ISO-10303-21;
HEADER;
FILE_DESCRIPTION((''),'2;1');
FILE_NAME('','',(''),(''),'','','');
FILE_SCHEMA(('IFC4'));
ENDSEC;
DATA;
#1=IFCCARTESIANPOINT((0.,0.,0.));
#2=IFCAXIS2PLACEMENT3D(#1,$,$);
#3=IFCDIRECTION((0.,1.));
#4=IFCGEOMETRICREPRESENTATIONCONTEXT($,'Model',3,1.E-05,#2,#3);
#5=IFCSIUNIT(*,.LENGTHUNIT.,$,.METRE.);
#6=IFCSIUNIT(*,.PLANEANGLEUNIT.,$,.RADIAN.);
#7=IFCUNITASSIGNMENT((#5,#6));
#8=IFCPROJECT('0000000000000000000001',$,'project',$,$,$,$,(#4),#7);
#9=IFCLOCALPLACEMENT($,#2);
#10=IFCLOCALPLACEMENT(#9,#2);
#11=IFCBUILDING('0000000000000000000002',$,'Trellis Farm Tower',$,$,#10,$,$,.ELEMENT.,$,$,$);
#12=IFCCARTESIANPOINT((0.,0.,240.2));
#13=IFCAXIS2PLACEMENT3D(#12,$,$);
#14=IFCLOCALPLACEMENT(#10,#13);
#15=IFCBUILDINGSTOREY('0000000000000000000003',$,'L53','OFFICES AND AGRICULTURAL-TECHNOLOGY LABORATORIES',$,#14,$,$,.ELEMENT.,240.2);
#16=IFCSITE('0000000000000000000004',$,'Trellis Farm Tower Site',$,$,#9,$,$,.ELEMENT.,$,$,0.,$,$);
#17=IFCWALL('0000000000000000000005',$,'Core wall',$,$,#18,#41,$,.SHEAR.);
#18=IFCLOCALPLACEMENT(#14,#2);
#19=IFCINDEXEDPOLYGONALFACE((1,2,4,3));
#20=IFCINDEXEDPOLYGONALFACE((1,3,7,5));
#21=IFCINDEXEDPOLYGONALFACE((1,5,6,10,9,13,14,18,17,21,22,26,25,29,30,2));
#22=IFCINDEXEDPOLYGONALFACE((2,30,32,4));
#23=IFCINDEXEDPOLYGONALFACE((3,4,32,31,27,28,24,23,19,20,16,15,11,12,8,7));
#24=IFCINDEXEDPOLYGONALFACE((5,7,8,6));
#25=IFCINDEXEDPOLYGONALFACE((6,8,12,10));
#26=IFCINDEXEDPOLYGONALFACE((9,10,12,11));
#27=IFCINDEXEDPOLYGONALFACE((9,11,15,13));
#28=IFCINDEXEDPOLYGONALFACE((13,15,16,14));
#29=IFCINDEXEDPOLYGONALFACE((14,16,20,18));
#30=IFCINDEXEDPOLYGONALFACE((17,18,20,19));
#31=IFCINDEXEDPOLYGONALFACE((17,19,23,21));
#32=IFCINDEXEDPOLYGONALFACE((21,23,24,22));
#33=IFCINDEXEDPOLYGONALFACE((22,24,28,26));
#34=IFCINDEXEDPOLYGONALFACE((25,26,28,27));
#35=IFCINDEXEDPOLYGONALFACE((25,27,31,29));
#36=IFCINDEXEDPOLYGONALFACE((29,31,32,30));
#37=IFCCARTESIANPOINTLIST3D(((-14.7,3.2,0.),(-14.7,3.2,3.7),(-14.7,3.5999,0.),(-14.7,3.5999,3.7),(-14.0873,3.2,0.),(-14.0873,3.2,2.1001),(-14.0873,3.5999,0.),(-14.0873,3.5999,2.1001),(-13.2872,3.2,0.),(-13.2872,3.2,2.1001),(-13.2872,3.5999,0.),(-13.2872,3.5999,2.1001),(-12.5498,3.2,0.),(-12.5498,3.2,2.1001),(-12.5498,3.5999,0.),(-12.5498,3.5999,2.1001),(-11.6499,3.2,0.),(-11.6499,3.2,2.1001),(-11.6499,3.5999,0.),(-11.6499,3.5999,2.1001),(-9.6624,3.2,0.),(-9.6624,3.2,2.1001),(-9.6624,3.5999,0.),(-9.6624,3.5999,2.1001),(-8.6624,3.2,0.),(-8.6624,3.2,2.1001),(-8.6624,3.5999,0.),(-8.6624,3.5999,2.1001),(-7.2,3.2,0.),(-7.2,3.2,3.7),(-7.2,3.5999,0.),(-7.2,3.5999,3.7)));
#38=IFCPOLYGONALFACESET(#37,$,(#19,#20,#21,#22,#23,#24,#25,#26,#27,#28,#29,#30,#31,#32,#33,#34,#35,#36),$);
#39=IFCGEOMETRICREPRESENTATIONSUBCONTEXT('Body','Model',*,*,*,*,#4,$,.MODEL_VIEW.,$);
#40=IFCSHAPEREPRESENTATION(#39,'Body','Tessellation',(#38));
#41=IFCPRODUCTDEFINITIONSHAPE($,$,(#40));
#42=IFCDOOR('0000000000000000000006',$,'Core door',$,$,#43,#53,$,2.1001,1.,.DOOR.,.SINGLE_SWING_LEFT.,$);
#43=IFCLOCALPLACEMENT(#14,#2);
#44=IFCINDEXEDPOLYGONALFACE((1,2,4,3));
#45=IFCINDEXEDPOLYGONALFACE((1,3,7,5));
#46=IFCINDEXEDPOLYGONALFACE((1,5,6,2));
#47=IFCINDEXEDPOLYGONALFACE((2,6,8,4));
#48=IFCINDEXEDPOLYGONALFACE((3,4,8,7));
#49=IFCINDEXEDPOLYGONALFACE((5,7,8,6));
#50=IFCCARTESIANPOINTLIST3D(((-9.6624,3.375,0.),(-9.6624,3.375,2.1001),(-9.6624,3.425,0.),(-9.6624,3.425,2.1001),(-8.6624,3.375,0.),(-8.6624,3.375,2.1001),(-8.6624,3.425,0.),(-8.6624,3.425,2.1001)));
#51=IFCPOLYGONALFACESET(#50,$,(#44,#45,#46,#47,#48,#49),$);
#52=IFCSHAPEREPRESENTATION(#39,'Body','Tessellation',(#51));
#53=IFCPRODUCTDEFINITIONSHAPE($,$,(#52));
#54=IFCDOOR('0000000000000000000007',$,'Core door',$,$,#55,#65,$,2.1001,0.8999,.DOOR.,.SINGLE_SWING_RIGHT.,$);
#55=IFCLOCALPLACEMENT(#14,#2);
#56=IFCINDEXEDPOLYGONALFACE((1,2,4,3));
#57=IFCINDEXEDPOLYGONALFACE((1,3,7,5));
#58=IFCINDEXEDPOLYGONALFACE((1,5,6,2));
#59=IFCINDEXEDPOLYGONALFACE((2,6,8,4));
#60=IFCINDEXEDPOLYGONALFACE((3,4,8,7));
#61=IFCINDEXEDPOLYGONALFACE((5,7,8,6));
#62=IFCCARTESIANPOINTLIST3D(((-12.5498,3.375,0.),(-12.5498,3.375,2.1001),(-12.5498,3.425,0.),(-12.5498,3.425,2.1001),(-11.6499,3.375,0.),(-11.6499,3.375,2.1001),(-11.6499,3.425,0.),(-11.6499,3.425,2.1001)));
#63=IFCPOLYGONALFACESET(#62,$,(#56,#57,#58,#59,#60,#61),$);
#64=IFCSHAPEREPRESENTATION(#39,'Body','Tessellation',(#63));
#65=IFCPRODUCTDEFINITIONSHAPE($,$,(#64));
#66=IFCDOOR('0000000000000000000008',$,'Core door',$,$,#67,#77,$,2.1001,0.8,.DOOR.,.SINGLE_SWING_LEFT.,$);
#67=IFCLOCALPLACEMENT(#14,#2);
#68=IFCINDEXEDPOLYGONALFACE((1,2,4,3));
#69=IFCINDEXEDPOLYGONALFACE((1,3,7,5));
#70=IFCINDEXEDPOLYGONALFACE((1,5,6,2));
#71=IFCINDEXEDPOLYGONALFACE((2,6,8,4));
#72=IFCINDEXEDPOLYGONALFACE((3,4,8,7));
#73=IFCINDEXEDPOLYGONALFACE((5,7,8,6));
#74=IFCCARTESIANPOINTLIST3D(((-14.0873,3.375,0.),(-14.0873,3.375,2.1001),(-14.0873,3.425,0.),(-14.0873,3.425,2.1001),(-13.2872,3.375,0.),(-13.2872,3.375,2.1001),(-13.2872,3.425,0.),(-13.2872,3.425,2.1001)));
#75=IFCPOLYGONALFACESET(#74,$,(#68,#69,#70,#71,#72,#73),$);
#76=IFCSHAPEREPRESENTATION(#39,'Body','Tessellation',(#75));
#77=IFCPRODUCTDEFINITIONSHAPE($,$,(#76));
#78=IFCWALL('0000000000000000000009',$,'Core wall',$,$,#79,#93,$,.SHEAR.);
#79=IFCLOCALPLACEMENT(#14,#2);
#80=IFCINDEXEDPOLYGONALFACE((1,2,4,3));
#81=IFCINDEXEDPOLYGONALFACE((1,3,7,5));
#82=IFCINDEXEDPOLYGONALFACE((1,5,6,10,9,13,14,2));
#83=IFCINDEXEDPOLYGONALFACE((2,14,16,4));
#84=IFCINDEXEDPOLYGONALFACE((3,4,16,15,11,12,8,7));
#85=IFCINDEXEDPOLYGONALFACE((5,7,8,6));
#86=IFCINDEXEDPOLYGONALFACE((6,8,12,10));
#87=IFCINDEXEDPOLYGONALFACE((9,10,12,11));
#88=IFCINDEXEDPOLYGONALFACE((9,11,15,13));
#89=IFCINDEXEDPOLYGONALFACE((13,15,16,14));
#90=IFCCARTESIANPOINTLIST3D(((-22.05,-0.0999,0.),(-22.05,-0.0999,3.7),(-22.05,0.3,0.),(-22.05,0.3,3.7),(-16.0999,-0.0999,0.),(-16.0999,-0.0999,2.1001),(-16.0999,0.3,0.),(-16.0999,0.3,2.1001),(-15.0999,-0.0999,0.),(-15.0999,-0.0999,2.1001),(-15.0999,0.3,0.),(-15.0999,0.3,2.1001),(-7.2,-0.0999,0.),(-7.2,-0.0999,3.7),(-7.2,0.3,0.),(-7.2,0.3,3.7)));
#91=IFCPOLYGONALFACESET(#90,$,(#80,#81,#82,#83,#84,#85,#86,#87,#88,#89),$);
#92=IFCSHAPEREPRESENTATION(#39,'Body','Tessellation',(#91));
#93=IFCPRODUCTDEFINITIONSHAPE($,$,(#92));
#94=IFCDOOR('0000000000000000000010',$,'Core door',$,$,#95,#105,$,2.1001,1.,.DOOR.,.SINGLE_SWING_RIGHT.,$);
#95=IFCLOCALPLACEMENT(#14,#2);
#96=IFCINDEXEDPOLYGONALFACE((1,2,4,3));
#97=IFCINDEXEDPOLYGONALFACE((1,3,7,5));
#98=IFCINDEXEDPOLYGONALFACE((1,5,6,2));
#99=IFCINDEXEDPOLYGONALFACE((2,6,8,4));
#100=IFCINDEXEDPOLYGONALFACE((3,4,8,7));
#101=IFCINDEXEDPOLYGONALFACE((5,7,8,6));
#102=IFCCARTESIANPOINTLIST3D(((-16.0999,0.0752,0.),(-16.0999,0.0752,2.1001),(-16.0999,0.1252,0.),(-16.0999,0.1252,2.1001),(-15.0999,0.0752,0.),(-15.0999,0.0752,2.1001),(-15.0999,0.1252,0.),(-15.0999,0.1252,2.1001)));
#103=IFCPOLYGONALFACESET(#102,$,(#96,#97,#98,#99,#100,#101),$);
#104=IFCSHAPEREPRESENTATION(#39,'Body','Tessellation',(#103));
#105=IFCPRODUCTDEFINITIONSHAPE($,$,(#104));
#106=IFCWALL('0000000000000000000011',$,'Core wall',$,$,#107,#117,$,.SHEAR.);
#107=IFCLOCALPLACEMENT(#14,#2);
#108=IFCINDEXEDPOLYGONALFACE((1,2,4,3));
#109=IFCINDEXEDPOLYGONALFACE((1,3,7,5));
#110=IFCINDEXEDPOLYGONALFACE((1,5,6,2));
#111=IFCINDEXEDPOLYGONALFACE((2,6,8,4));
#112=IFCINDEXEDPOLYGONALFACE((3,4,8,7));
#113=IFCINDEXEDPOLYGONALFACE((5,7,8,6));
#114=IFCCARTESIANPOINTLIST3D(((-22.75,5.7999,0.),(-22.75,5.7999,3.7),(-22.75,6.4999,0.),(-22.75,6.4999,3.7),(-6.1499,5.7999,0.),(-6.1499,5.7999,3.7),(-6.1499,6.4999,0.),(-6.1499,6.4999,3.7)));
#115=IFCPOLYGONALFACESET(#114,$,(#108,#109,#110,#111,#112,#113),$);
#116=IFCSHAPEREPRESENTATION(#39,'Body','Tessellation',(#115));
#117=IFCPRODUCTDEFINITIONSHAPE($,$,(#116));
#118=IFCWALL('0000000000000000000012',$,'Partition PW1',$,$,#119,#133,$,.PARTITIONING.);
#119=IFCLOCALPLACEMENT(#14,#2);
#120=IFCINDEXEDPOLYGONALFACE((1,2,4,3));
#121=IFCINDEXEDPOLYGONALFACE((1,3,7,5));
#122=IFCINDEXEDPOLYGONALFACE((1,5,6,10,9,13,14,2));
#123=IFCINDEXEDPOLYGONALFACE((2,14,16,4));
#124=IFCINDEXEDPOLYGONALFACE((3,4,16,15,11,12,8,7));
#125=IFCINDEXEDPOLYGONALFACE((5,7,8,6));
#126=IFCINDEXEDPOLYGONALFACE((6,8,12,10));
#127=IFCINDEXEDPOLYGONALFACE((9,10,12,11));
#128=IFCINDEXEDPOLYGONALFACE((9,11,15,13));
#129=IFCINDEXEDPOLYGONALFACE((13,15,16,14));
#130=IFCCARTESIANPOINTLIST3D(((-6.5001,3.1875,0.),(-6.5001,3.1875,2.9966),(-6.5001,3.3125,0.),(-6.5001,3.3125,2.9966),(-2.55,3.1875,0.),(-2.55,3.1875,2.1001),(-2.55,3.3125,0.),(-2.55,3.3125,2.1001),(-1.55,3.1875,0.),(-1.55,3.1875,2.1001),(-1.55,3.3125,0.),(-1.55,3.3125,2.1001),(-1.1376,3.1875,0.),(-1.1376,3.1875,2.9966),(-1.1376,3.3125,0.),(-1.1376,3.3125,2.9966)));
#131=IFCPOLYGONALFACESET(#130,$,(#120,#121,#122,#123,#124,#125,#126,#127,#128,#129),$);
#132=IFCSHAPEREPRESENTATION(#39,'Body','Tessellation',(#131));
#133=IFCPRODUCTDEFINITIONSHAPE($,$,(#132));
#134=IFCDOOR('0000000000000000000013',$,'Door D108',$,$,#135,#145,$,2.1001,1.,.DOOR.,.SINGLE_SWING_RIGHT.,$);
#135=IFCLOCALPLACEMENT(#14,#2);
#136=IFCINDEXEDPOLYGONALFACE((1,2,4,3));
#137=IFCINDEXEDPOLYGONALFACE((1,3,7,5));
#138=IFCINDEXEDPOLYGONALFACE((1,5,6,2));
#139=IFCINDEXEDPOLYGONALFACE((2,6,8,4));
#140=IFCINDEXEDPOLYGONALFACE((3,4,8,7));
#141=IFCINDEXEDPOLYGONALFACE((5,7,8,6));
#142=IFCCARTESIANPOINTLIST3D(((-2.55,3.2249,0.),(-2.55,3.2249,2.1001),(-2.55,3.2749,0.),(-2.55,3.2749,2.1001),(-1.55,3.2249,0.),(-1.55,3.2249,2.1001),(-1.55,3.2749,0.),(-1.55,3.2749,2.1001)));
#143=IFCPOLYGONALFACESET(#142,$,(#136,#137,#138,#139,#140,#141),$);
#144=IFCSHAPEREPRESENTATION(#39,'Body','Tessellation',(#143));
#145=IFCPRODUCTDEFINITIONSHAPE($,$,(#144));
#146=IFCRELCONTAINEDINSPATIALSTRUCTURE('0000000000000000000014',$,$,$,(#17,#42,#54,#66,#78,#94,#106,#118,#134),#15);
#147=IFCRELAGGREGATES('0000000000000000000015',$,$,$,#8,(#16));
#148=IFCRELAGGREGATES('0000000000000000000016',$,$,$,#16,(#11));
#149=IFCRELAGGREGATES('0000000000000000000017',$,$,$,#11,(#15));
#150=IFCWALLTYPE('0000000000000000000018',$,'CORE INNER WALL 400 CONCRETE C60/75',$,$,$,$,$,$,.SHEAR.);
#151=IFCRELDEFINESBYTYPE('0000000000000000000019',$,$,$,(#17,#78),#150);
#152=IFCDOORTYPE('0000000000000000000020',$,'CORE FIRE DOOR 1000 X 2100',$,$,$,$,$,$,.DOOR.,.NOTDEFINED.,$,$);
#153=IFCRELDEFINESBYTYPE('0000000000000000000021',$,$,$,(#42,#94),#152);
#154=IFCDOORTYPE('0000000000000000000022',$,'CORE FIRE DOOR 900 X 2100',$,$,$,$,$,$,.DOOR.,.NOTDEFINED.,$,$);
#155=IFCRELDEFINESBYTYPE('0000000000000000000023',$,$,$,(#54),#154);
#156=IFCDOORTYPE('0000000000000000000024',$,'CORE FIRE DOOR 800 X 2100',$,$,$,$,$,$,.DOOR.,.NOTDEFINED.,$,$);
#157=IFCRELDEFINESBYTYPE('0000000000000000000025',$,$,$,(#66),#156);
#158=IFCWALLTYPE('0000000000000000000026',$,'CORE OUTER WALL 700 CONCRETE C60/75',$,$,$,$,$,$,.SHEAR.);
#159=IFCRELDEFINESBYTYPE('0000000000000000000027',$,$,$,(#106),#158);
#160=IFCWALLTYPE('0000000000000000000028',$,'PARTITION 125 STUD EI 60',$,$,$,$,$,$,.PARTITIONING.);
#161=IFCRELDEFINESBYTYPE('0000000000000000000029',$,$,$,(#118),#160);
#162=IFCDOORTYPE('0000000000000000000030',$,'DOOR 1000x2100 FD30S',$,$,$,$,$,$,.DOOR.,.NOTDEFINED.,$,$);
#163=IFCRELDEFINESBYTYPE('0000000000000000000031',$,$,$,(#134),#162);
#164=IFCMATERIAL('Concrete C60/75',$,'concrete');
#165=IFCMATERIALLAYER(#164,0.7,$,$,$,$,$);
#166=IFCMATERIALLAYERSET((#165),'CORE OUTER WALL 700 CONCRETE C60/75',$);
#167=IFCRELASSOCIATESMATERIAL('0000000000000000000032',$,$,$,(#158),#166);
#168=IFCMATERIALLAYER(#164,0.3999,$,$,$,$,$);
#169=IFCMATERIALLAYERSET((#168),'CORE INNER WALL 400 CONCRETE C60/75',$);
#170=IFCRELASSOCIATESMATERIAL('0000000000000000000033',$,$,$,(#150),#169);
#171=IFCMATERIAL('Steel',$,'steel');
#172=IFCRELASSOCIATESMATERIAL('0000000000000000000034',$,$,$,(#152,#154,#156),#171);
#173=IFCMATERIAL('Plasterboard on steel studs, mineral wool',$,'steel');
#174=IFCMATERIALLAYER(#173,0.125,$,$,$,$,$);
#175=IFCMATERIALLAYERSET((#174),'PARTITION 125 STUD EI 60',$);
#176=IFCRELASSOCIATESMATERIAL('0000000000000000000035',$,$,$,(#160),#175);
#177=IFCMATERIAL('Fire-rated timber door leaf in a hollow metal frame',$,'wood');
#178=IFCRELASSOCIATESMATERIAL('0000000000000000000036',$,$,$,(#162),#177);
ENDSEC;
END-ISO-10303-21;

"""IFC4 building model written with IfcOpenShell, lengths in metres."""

from ifc_helpers import new_model, si_unit, direction, frame, frame_2d, origin, place, context, subcontext, project, spatial, rectangle, extrude, source, transform, mapped, material, layer, layer_set, type_object, element, fill, save


model = new_model("IFC4")

# Units and contexts
model_context = context("Model", 3, precision=1e-05, world=origin(), true_north=direction((0.0, 1.0)))
body_context = subcontext(model_context, "Body", "Model", "MODEL_VIEW")
ifc_project = project(units=[si_unit("LENGTHUNIT", "METRE"), si_unit("PLANEANGLEUNIT", "RADIAN")], contexts=[model_context])

# Site, building, storey
site_placement = place(None, origin())
site = spatial("IfcSite", under=ifc_project, at=site_placement, Name="Trellis Farm Tower Site", CompositionType="ELEMENT", RefElevation=0.0)
building_placement = place(site_placement, origin())
building = spatial("IfcBuilding", under=site, at=building_placement, Name="Trellis Farm Tower", CompositionType="ELEMENT")
storey_placement = place(building_placement, frame((0.0, 0.0, 240.2)))
storey = spatial("IfcBuildingStorey", under=building, at=storey_placement, Name="L53", Description="OFFICES AND AGRICULTURAL-TECHNOLOGY LABORATORIES", CompositionType="ELEMENT", Elevation=240.2)

# Shared definitions
ifc_material_1 = material(Name="Concrete C60/75", Category="concrete")

# Shared definitions
ifc_layer_1 = layer(ifc_material_1, 0.7)
ifc_layer_set_1 = layer_set([ifc_layer_1], Name="CORE OUTER WALL 700 CONCRETE C60/75")
wall_type_1 = type_object("IfcWallType", Name="CORE OUTER WALL 700 CONCRETE C60/75", PredefinedType="SHEAR", material=ifc_layer_set_1)
ifc_material_2 = material(Name="Steel", Category="steel")

# Wall, openings, doors
ifc_layer_2 = layer(ifc_material_1, 0.3999)
ifc_layer_set_2 = layer_set([ifc_layer_2], Name="CORE INNER WALL 400 CONCRETE C60/75")
wall_type_2 = type_object("IfcWallType", Name="CORE INNER WALL 400 CONCRETE C60/75", PredefinedType="SHEAR", material=ifc_layer_set_2)
shared_shape_1 = source(origin(), body_context, "Body", "SweptSolid", [
    extrude(rectangle(XDim=7.5, YDim=0.3999, at=frame_2d((3.75, 0.0))), origin(), (0.0, 0.0, 1.0), 3.7),
])
wall_1_placement = place(storey_placement, frame((-7.2, 3.3999, 0.0), z_axis=(0.0, 0.0, 1.0), x_axis=(-1.0, 0.0, 0.0)))
wall_1 = element("IfcWall", 1, at=wall_1_placement, inside=storey, type_object=wall_type_2, Name="Core wall", PredefinedType="SHEAR", context=body_context, shape_type="MappedRepresentation", body=[
    mapped(shared_shape_1, transform((0.0, 0.0, 0.0))),
])
shared_shape_2 = source(origin(), body_context, "Body", "SweptSolid", [
    extrude(rectangle(XDim=1.0, YDim=2.1001, at=frame_2d((0.5, 1.05))), frame((0.0, 0.21, 0.0), z_axis=(0.0, -1.0, 0.0), x_axis=(1.0, 0.0, 0.0)), (0.0, 0.0, 1.0), 0.4199),
])
opening_1_placement = place(wall_1_placement, frame((1.4624, 0.0, 0.0)))
opening_1 = element("IfcOpeningElement", 2, at=opening_1_placement, cuts=wall_1, PredefinedType="OPENING", context=body_context, shape_type="MappedRepresentation", body=[
    mapped(shared_shape_2, transform((0.0, 0.0, 0.0))),
])
shared_shape_3 = source(origin(), body_context, "Body", "SweptSolid", [
    extrude(rectangle(XDim=0.8999, YDim=2.1001, at=frame_2d((0.45, 1.05))), frame((0.0, 0.21, 0.0), z_axis=(0.0, -1.0, 0.0), x_axis=(1.0, 0.0, 0.0)), (0.0, 0.0, 1.0), 0.4199),
])
opening_2_placement = place(wall_1_placement, frame((4.45, 0.0, 0.0)))
opening_2 = element("IfcOpeningElement", 3, at=opening_2_placement, cuts=wall_1, PredefinedType="OPENING", context=body_context, shape_type="MappedRepresentation", body=[
    mapped(shared_shape_3, transform((0.0, 0.0, 0.0))),
])
shared_shape_4 = source(origin(), body_context, "Body", "SweptSolid", [
    extrude(rectangle(XDim=0.8, YDim=2.1001, at=frame_2d((0.3999, 1.05))), frame((0.0, 0.21, 0.0), z_axis=(0.0, -1.0, 0.0), x_axis=(1.0, 0.0, 0.0)), (0.0, 0.0, 1.0), 0.4199),
])
opening_3_placement = place(wall_1_placement, frame((6.0874, 0.0, 0.0)))
opening_3 = element("IfcOpeningElement", 4, at=opening_3_placement, cuts=wall_1, PredefinedType="OPENING", context=body_context, shape_type="MappedRepresentation", body=[
    mapped(shared_shape_4, transform((0.0, 0.0, 0.0))),
])
door_type_1 = type_object("IfcDoorType", Name="CORE FIRE DOOR 1000 X 2100", OperationType="NOTDEFINED", PredefinedType="DOOR", material=ifc_material_2)
shared_shape_5 = source(origin(), body_context, "Body", "SweptSolid", [
    extrude(rectangle(XDim=1.0, YDim=2.1001, at=frame_2d((0.5, 1.05))), frame((0.0, 0.0249, 0.0), z_axis=(0.0, -1.0, 0.0), x_axis=(1.0, 0.0, 0.0)), (0.0, 0.0, 1.0), 0.05),
])
door_1_placement = place(opening_1_placement, origin())
door_1 = element("IfcDoor", 5, at=door_1_placement, inside=storey, type_object=door_type_1, Name="Core door", OperationType="SINGLE_SWING_LEFT", OverallHeight=2.1001, OverallWidth=1.0, PredefinedType="DOOR", context=body_context, shape_type="MappedRepresentation", body=[
    mapped(shared_shape_5, transform((0.0, 0.0, 0.0))),
])
fill(opening_1, door_1)
door_type_2 = type_object("IfcDoorType", Name="CORE FIRE DOOR 900 X 2100", OperationType="NOTDEFINED", PredefinedType="DOOR", material=ifc_material_2)
shared_shape_6 = source(origin(), body_context, "Body", "SweptSolid", [
    extrude(rectangle(XDim=0.8999, YDim=2.1001, at=frame_2d((0.45, 1.05))), frame((0.0, 0.0249, 0.0), z_axis=(0.0, -1.0, 0.0), x_axis=(1.0, 0.0, 0.0)), (0.0, 0.0, 1.0), 0.05),
])
door_2_placement = place(opening_2_placement, origin())
door_2 = element("IfcDoor", 6, at=door_2_placement, inside=storey, type_object=door_type_2, Name="Core door", OperationType="SINGLE_SWING_RIGHT", OverallHeight=2.1001, OverallWidth=0.8999, PredefinedType="DOOR", context=body_context, shape_type="MappedRepresentation", body=[
    mapped(shared_shape_6, transform((0.0, 0.0, 0.0))),
])
fill(opening_2, door_2)
door_type_3 = type_object("IfcDoorType", Name="CORE FIRE DOOR 800 X 2100", OperationType="NOTDEFINED", PredefinedType="DOOR", material=ifc_material_2)
shared_shape_7 = source(origin(), body_context, "Body", "SweptSolid", [
    extrude(rectangle(XDim=0.8, YDim=2.1001, at=frame_2d((0.3999, 1.05))), frame((0.0, 0.0249, 0.0), z_axis=(0.0, -1.0, 0.0), x_axis=(1.0, 0.0, 0.0)), (0.0, 0.0, 1.0), 0.05),
])
door_3_placement = place(opening_3_placement, origin())
door_3 = element("IfcDoor", 7, at=door_3_placement, inside=storey, type_object=door_type_3, Name="Core door", OperationType="SINGLE_SWING_LEFT", OverallHeight=2.1001, OverallWidth=0.8, PredefinedType="DOOR", context=body_context, shape_type="MappedRepresentation", body=[
    mapped(shared_shape_7, transform((0.0, 0.0, 0.0))),
])
fill(opening_3, door_3)

# Wall, opening, door
shared_shape_8 = source(origin(), body_context, "Body", "SweptSolid", [
    extrude(rectangle(XDim=14.8501, YDim=0.3999, at=frame_2d((7.425, 0.0))), origin(), (0.0, 0.0, 1.0), 3.7),
])
wall_2_placement = place(storey_placement, frame((-7.2, 0.1001, 0.0), z_axis=(0.0, 0.0, 1.0), x_axis=(-1.0, 0.0, 0.0)))
wall_2 = element("IfcWall", 8, at=wall_2_placement, inside=storey, type_object=wall_type_2, Name="Core wall", PredefinedType="SHEAR", context=body_context, shape_type="MappedRepresentation", body=[
    mapped(shared_shape_8, transform((0.0, 0.0, 0.0))),
])
opening_4_placement = place(wall_2_placement, frame((7.8999, 0.0, 0.0)))
opening_4 = element("IfcOpeningElement", 9, at=opening_4_placement, cuts=wall_2, PredefinedType="OPENING", context=body_context, shape_type="MappedRepresentation", body=[
    mapped(shared_shape_2, transform((0.0, 0.0, 0.0))),
])
door_4_placement = place(opening_4_placement, origin())
door_4 = element("IfcDoor", 10, at=door_4_placement, inside=storey, type_object=door_type_1, Name="Core door", OperationType="SINGLE_SWING_RIGHT", OverallHeight=2.1001, OverallWidth=1.0, PredefinedType="DOOR", context=body_context, shape_type="MappedRepresentation", body=[
    mapped(shared_shape_5, transform((0.0, 0.0, 0.0))),
])
fill(opening_4, door_4)

# Wall
shared_shape_9 = source(origin(), body_context, "Body", "SweptSolid", [
    extrude(rectangle(XDim=16.6001, YDim=0.7, at=frame_2d((8.3, 0.0))), origin(), (0.0, 0.0, 1.0), 3.7),
])
wall_3_placement = place(storey_placement, frame((-6.1499, 6.1499, 0.0), z_axis=(0.0, 0.0, 1.0), x_axis=(-1.0, 0.0, 0.0)))
element("IfcWall", 11, at=wall_3_placement, inside=storey, type_object=wall_type_1, Name="Core wall", PredefinedType="SHEAR", context=body_context, shape_type="MappedRepresentation", body=[
    mapped(shared_shape_9, transform((0.0, 0.0, 0.0))),
])

# Wall, opening, door
ifc_material_3 = material(Name="Plasterboard on steel studs, mineral wool", Category="steel")
ifc_layer_3 = layer(ifc_material_3, 0.125)
ifc_layer_set_3 = layer_set([ifc_layer_3], Name="PARTITION 125 STUD EI 60")
wall_type_3 = type_object("IfcWallType", Name="PARTITION 125 STUD EI 60", PredefinedType="PARTITIONING", material=ifc_layer_set_3)
shared_shape_10 = source(origin(), body_context, "Body", "SweptSolid", [
    extrude(rectangle(XDim=5.3625, YDim=0.125, at=frame_2d((2.6812, 0.0))), origin(), (0.0, 0.0, 1.0), 2.9966),
])
wall_4_placement = place(storey_placement, frame((-6.5, 3.25, 0.0), z_axis=(0.0, 0.0, 1.0), x_axis=(1.0, 0.0, 0.0)))
wall_4 = element("IfcWall", 12, at=wall_4_placement, inside=storey, type_object=wall_type_3, Name="Partition PW1", PredefinedType="PARTITIONING", context=body_context, shape_type="MappedRepresentation", body=[
    mapped(shared_shape_10, transform((0.0, 0.0, 0.0))),
])
shared_shape_11 = source(origin(), body_context, "Body", "SweptSolid", [
    extrude(rectangle(XDim=1.0, YDim=2.1001, at=frame_2d((0.5, 1.05))), frame((0.0, 0.0725, 0.0), z_axis=(0.0, -1.0, 0.0), x_axis=(1.0, 0.0, 0.0)), (0.0, 0.0, 1.0), 0.145),
])
opening_5_placement = place(wall_4_placement, frame((3.95, 0.0, 0.0)))
opening_5 = element("IfcOpeningElement", 13, at=opening_5_placement, cuts=wall_4, PredefinedType="OPENING", context=body_context, shape_type="MappedRepresentation", body=[
    mapped(shared_shape_11, transform((0.0, 0.0, 0.0))),
])
ifc_material_4 = material(Name="Fire-rated timber door leaf in a hollow metal frame", Category="wood")
door_type_4 = type_object("IfcDoorType", Name="DOOR 1000x2100 FD30S", OperationType="NOTDEFINED", PredefinedType="DOOR", material=ifc_material_4)
door_5_placement = place(opening_5_placement, origin())
door_5 = element("IfcDoor", 14, at=door_5_placement, inside=storey, type_object=door_type_4, Name="Door D108", OperationType="SINGLE_SWING_RIGHT", OverallHeight=2.1001, OverallWidth=1.0, PredefinedType="DOOR", context=body_context, shape_type="MappedRepresentation", body=[
    mapped(shared_shape_5, transform((0.0, 0.0, 0.0))),
])
fill(opening_5, door_5)

save(model, "model.ifc")
